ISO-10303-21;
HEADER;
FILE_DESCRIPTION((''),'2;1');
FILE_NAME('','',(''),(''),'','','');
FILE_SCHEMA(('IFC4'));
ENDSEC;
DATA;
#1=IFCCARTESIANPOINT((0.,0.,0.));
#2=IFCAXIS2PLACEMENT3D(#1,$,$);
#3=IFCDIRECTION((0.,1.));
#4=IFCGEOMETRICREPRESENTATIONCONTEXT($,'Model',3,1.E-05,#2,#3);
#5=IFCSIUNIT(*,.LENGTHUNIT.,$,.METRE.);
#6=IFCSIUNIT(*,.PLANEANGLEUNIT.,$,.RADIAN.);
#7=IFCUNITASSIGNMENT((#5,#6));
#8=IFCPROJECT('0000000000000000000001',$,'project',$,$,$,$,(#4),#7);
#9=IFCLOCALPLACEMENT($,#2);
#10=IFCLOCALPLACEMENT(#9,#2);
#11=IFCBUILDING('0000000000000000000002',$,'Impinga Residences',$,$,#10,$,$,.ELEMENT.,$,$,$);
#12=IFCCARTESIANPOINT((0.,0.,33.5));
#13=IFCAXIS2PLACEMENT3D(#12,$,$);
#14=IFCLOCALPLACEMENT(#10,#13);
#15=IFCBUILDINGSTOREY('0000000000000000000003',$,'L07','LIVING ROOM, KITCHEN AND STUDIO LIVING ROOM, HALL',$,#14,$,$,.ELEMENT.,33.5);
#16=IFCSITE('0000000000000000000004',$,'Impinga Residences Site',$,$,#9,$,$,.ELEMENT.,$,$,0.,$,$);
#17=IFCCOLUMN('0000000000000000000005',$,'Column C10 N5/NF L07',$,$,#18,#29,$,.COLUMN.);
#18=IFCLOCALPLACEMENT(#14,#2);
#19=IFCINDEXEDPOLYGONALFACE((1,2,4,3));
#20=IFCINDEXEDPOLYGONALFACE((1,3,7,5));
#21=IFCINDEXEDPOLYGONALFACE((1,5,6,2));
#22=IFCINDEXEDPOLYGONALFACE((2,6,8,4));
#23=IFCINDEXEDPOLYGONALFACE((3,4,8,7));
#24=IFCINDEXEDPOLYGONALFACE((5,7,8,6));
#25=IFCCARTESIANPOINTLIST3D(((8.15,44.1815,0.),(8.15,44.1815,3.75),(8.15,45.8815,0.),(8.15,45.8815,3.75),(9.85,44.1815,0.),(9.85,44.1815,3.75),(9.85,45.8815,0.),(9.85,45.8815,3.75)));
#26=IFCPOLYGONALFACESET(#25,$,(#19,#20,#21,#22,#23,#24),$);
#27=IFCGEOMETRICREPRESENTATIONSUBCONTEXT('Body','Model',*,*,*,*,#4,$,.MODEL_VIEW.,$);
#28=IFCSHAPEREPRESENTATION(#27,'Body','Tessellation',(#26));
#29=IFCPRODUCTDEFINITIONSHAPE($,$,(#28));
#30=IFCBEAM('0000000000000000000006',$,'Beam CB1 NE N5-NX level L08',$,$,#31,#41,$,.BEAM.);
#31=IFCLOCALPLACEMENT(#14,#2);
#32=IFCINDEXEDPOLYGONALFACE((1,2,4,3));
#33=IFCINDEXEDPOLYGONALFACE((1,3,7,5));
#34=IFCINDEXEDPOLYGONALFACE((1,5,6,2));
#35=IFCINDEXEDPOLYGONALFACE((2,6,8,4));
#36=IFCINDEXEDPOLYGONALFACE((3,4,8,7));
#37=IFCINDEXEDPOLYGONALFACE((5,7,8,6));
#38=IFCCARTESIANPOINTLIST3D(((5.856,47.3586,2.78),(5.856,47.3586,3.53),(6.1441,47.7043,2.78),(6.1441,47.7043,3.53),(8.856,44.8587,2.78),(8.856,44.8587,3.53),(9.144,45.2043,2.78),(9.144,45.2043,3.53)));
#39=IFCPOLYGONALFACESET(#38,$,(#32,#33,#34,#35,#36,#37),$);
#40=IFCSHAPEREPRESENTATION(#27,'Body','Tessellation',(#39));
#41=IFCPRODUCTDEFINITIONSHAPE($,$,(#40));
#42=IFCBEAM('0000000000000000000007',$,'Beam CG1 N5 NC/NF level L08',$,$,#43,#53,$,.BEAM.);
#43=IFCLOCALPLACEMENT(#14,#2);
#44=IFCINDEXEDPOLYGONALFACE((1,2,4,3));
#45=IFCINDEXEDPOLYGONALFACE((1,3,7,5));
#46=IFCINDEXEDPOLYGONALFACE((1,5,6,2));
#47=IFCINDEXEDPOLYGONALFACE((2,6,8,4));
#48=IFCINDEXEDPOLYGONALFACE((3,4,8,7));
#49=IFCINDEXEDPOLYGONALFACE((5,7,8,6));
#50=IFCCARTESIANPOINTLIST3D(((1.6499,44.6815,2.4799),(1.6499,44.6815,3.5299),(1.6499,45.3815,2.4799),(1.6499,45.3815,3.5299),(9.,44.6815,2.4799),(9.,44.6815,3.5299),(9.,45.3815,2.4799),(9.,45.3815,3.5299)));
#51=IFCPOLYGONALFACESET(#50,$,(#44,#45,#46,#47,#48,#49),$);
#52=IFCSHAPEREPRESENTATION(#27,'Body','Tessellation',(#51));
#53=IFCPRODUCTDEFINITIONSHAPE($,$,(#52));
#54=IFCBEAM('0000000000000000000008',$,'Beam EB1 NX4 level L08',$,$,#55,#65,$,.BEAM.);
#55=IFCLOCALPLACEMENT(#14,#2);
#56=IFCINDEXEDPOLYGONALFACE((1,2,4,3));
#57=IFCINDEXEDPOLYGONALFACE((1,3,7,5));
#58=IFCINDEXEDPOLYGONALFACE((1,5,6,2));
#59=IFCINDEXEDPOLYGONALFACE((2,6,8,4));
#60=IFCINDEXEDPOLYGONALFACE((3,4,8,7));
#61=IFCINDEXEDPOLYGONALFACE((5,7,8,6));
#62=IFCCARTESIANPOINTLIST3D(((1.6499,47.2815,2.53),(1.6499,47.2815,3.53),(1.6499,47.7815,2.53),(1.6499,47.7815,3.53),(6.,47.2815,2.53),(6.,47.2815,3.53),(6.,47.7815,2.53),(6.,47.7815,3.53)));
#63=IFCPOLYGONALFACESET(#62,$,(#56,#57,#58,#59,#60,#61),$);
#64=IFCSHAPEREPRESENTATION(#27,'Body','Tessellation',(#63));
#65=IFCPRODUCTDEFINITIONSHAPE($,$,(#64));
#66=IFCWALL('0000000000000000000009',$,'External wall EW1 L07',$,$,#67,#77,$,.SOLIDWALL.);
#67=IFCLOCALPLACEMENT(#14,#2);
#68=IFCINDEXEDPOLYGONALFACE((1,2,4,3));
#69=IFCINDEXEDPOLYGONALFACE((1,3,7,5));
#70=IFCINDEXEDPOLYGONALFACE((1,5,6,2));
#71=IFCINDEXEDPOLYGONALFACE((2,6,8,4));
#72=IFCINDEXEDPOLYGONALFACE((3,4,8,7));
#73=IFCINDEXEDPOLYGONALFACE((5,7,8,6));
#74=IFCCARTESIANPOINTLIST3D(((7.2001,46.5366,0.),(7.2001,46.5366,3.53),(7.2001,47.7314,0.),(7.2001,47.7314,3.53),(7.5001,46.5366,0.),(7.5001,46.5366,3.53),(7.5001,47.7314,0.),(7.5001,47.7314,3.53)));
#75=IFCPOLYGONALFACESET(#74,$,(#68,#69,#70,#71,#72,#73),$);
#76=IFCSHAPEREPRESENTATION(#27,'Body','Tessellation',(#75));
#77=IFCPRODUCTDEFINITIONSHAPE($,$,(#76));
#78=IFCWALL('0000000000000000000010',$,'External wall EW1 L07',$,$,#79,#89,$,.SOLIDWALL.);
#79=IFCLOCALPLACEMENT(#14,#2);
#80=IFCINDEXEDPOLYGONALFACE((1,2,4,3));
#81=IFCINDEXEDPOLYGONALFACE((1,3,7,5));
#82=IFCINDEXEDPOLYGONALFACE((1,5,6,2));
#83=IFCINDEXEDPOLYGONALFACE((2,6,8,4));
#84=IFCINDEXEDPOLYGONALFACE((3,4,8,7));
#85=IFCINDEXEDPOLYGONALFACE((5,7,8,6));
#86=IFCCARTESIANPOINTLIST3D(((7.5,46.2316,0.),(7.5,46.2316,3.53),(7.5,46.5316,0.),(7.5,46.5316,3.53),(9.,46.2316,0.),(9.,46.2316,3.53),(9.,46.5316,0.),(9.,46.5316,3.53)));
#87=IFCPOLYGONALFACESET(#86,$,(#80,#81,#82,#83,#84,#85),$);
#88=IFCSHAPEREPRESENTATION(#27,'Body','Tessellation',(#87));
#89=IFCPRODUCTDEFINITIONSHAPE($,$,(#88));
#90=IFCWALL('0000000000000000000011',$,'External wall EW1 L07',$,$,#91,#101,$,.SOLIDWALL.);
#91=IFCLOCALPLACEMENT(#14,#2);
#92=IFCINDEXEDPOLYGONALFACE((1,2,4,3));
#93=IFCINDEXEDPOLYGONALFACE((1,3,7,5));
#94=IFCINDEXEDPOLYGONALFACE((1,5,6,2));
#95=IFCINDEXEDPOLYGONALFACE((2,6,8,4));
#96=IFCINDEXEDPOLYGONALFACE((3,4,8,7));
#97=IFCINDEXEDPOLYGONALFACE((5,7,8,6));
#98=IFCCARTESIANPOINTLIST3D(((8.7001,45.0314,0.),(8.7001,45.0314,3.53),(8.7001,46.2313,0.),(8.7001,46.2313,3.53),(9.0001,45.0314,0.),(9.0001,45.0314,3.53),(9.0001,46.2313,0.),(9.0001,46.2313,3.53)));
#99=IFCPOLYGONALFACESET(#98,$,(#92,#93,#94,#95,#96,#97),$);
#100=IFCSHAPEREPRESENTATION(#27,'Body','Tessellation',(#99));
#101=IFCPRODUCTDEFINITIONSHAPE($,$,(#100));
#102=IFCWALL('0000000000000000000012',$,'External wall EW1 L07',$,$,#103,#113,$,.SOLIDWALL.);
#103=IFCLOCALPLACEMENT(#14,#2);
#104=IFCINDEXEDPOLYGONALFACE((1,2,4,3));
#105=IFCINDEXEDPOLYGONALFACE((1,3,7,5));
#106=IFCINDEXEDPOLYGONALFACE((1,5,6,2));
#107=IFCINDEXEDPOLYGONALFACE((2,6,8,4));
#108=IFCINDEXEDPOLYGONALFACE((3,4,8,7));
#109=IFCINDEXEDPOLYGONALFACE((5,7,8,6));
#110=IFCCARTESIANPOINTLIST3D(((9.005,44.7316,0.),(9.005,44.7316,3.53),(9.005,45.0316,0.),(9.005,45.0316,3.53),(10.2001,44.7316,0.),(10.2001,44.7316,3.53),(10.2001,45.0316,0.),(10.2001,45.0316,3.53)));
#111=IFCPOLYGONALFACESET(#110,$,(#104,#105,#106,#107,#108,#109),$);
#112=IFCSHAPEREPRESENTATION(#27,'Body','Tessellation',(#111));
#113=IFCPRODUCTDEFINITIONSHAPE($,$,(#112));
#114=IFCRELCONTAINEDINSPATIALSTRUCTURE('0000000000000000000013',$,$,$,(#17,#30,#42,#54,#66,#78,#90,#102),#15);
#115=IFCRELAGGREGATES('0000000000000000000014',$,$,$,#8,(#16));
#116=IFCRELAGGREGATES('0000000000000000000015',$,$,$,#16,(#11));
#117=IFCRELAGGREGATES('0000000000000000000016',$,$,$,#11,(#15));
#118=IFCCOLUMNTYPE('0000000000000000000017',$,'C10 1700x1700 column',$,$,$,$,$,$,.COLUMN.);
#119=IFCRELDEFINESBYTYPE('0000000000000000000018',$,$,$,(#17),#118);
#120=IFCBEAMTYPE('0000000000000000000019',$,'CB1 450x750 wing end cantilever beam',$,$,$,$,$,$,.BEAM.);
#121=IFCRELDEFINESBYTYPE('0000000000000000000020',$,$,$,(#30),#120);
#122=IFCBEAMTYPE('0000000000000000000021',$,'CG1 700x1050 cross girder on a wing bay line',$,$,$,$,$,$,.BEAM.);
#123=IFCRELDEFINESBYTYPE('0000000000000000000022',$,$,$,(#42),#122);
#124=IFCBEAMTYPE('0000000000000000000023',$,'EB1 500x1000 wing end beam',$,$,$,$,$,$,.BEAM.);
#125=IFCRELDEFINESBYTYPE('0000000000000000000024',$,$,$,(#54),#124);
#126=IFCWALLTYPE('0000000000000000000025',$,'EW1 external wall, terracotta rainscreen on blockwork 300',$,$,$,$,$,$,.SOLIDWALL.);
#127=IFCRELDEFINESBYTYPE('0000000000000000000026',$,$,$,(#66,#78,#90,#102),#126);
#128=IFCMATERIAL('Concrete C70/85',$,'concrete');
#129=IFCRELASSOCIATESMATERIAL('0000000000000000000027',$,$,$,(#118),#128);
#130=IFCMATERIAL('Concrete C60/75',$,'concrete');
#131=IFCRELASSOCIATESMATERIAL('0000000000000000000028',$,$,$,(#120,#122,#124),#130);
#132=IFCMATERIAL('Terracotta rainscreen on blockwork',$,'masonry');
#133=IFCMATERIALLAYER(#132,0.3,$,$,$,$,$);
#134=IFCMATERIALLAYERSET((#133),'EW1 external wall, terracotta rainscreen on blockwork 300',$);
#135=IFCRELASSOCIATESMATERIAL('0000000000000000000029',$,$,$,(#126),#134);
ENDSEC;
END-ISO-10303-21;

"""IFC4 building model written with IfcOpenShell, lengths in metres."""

from ifc_helpers import new_model, si_unit, direction, frame, frame_2d, origin, origin_2d, place, context, subcontext, project, spatial, rectangle, extrude, material, layer, layer_set, material_profile, profile_set, type_object, element, save


model = new_model("IFC4")

# Units and contexts
model_context = context("Model", 3, precision=1e-05, world=origin(), true_north=direction((0.0, 1.0)))
body_context = subcontext(model_context, "Body", "Model", "MODEL_VIEW")
ifc_project = project(units=[si_unit("LENGTHUNIT", "METRE"), si_unit("PLANEANGLEUNIT", "RADIAN")], contexts=[model_context])

# Site, building, storey
site_placement = place(None, origin())
site = spatial("IfcSite", under=ifc_project, at=site_placement, Name="Impinga Residences Site", CompositionType="ELEMENT", RefElevation=0.0)
building_placement = place(site_placement, origin())
building = spatial("IfcBuilding", under=site, at=building_placement, Name="Impinga Residences", CompositionType="ELEMENT")
storey_placement = place(building_placement, frame((0.0, 0.0, 33.5)))
storey = spatial("IfcBuildingStorey", under=building, at=storey_placement, Name="L07", Description="LIVING ROOM, KITCHEN AND STUDIO LIVING ROOM, HALL", CompositionType="ELEMENT", Elevation=33.5)

# Column
ifc_material_1 = material(Name="Concrete C70/85", Category="concrete")
ifc_material_profile_1 = material_profile(ifc_material_1, rectangle(XDim=1.7, YDim=1.7, at=origin_2d()), Name="RC 1700x1700")
ifc_profile_set_1 = profile_set([ifc_material_profile_1], Name="Concrete C70/85")
column_type = type_object("IfcColumnType", Name="C10 1700x1700 column", PredefinedType="COLUMN", material=ifc_profile_set_1)
column_placement = place(storey_placement, frame((9.0, 45.0315, 0.0), z_axis=(0.0, 0.0, 1.0), x_axis=(1.0, 0.0, 0.0)))
element("IfcColumn", 1, at=column_placement, inside=storey, type_object=column_type, Name="Column C10 N5/NF L07", PredefinedType="COLUMN", context=body_context, shape_type="SweptSolid", body=[
    extrude(rectangle(XDim=1.7, YDim=1.7, at=origin_2d()), origin(), (0.0, 0.0, 1.0), 3.75),
])

# Beams
ifc_material_2 = material(Name="Concrete C60/75", Category="concrete")
ifc_material_profile_2 = material_profile(ifc_material_2, rectangle(XDim=0.45, YDim=0.75, at=origin_2d()), Name="RC 450x750")
ifc_profile_set_2 = profile_set([ifc_material_profile_2], Name="Concrete C60/75")
beam_type_1 = type_object("IfcBeamType", Name="CB1 450x750 wing end cantilever beam", PredefinedType="BEAM", material=ifc_profile_set_2)
beam_1_placement = place(storey_placement, frame((9.0, 45.0315, 3.155), z_axis=(-0.768221, 0.640184, 0.0), x_axis=(-0.640184, -0.768221, 0.0)))
element("IfcBeam", 2, at=beam_1_placement, inside=storey, type_object=beam_type_1, Name="Beam CB1 NE N5-NX level L08", PredefinedType="BEAM", context=body_context, shape_type="SweptSolid", body=[
    extrude(rectangle(XDim=0.45, YDim=0.75, at=origin_2d()), origin(), (0.0, 0.0, 1.0), 3.905),
])
ifc_material_profile_3 = material_profile(ifc_material_2, rectangle(XDim=0.7, YDim=1.05, at=origin_2d()), Name="RC 700x1050")
ifc_profile_set_3 = profile_set([ifc_material_profile_3], Name="Concrete C60/75")
beam_type_2 = type_object("IfcBeamType", Name="CG1 700x1050 cross girder on a wing bay line", PredefinedType="BEAM", material=ifc_profile_set_3)
beam_2_placement = place(storey_placement, frame((1.6499, 45.0315, 3.0049), z_axis=(1.0, 0.0, 0.0), x_axis=(0.0, 1.0, 0.0)))
element("IfcBeam", 3, at=beam_2_placement, inside=storey, type_object=beam_type_2, Name="Beam CG1 N5 NC/NF level L08", PredefinedType="BEAM", context=body_context, shape_type="SweptSolid", body=[
    extrude(rectangle(XDim=0.7, YDim=1.05, at=origin_2d()), origin(), (0.0, 0.0, 1.0), 7.3501),
])
ifc_material_profile_4 = material_profile(ifc_material_2, rectangle(XDim=0.5, YDim=1.0, at=origin_2d()), Name="RC 500x1000")
ifc_profile_set_4 = profile_set([ifc_material_profile_4], Name="Concrete C60/75")
beam_type_3 = type_object("IfcBeamType", Name="EB1 500x1000 wing end beam", PredefinedType="BEAM", material=ifc_profile_set_4)
beam_3_placement = place(storey_placement, frame((1.6499, 47.5315, 3.03), z_axis=(1.0, 0.0, 0.0), x_axis=(0.0, 1.0, 0.0)))
element("IfcBeam", 4, at=beam_3_placement, inside=storey, type_object=beam_type_3, Name="Beam EB1 NX4 level L08", PredefinedType="BEAM", context=body_context, shape_type="SweptSolid", body=[
    extrude(rectangle(XDim=0.5, YDim=1.0, at=origin_2d()), origin(), (0.0, 0.0, 1.0), 4.3501),
])

# Walls
ifc_material_3 = material(Name="Terracotta rainscreen on blockwork", Category="masonry")
ifc_layer_1 = layer(ifc_material_3, 0.3)
ifc_layer_set_1 = layer_set([ifc_layer_1], Name="EW1 external wall, terracotta rainscreen on blockwork 300")
wall_type_1 = type_object("IfcWallType", Name="EW1 external wall, terracotta rainscreen on blockwork 300", PredefinedType="SOLIDWALL", material=ifc_layer_set_1)
wall_1_placement = place(storey_placement, frame((7.3501, 47.7314, 0.0), z_axis=(0.0, 0.0, 1.0), x_axis=(0.0, -1.0, 0.0)))
element("IfcWall", 5, at=wall_1_placement, inside=storey, type_object=wall_type_1, Name="External wall EW1 L07", PredefinedType="SOLIDWALL", context=body_context, shape_type="SweptSolid", body=[
    extrude(rectangle(XDim=1.1948, YDim=0.3, at=frame_2d((0.5974, 0.0))), origin(), (0.0, 0.0, 1.0), 3.53),
])
wall_2_placement = place(storey_placement, frame((7.5, 46.3816, 0.0), z_axis=(0.0, 0.0, 1.0), x_axis=(1.0, 0.0, 0.0)))
element("IfcWall", 6, at=wall_2_placement, inside=storey, type_object=wall_type_1, Name="External wall EW1 L07", PredefinedType="SOLIDWALL", context=body_context, shape_type="SweptSolid", body=[
    extrude(rectangle(XDim=1.5, YDim=0.3, at=frame_2d((0.75, 0.0))), origin(), (0.0, 0.0, 1.0), 3.53),
])
wall_3_placement = place(storey_placement, frame((8.8501, 46.2314, 0.0), z_axis=(0.0, 0.0, 1.0), x_axis=(0.0, -1.0, 0.0)))
element("IfcWall", 7, at=wall_3_placement, inside=storey, type_object=wall_type_1, Name="External wall EW1 L07", PredefinedType="SOLIDWALL", context=body_context, shape_type="SweptSolid", body=[
    extrude(rectangle(XDim=1.2, YDim=0.3, at=frame_2d((0.6001, 0.0))), origin(), (0.0, 0.0, 1.0), 3.53),
])
wall_4_placement = place(storey_placement, frame((9.0049, 44.8816, 0.0), z_axis=(0.0, 0.0, 1.0), x_axis=(1.0, 0.0, 0.0)))
element("IfcWall", 8, at=wall_4_placement, inside=storey, type_object=wall_type_1, Name="External wall EW1 L07", PredefinedType="SOLIDWALL", context=body_context, shape_type="SweptSolid", body=[
    extrude(rectangle(XDim=1.1951, YDim=0.3, at=frame_2d((0.5977, 0.0))), origin(), (0.0, 0.0, 1.0), 3.53),
])

save(model, "model.ifc")
